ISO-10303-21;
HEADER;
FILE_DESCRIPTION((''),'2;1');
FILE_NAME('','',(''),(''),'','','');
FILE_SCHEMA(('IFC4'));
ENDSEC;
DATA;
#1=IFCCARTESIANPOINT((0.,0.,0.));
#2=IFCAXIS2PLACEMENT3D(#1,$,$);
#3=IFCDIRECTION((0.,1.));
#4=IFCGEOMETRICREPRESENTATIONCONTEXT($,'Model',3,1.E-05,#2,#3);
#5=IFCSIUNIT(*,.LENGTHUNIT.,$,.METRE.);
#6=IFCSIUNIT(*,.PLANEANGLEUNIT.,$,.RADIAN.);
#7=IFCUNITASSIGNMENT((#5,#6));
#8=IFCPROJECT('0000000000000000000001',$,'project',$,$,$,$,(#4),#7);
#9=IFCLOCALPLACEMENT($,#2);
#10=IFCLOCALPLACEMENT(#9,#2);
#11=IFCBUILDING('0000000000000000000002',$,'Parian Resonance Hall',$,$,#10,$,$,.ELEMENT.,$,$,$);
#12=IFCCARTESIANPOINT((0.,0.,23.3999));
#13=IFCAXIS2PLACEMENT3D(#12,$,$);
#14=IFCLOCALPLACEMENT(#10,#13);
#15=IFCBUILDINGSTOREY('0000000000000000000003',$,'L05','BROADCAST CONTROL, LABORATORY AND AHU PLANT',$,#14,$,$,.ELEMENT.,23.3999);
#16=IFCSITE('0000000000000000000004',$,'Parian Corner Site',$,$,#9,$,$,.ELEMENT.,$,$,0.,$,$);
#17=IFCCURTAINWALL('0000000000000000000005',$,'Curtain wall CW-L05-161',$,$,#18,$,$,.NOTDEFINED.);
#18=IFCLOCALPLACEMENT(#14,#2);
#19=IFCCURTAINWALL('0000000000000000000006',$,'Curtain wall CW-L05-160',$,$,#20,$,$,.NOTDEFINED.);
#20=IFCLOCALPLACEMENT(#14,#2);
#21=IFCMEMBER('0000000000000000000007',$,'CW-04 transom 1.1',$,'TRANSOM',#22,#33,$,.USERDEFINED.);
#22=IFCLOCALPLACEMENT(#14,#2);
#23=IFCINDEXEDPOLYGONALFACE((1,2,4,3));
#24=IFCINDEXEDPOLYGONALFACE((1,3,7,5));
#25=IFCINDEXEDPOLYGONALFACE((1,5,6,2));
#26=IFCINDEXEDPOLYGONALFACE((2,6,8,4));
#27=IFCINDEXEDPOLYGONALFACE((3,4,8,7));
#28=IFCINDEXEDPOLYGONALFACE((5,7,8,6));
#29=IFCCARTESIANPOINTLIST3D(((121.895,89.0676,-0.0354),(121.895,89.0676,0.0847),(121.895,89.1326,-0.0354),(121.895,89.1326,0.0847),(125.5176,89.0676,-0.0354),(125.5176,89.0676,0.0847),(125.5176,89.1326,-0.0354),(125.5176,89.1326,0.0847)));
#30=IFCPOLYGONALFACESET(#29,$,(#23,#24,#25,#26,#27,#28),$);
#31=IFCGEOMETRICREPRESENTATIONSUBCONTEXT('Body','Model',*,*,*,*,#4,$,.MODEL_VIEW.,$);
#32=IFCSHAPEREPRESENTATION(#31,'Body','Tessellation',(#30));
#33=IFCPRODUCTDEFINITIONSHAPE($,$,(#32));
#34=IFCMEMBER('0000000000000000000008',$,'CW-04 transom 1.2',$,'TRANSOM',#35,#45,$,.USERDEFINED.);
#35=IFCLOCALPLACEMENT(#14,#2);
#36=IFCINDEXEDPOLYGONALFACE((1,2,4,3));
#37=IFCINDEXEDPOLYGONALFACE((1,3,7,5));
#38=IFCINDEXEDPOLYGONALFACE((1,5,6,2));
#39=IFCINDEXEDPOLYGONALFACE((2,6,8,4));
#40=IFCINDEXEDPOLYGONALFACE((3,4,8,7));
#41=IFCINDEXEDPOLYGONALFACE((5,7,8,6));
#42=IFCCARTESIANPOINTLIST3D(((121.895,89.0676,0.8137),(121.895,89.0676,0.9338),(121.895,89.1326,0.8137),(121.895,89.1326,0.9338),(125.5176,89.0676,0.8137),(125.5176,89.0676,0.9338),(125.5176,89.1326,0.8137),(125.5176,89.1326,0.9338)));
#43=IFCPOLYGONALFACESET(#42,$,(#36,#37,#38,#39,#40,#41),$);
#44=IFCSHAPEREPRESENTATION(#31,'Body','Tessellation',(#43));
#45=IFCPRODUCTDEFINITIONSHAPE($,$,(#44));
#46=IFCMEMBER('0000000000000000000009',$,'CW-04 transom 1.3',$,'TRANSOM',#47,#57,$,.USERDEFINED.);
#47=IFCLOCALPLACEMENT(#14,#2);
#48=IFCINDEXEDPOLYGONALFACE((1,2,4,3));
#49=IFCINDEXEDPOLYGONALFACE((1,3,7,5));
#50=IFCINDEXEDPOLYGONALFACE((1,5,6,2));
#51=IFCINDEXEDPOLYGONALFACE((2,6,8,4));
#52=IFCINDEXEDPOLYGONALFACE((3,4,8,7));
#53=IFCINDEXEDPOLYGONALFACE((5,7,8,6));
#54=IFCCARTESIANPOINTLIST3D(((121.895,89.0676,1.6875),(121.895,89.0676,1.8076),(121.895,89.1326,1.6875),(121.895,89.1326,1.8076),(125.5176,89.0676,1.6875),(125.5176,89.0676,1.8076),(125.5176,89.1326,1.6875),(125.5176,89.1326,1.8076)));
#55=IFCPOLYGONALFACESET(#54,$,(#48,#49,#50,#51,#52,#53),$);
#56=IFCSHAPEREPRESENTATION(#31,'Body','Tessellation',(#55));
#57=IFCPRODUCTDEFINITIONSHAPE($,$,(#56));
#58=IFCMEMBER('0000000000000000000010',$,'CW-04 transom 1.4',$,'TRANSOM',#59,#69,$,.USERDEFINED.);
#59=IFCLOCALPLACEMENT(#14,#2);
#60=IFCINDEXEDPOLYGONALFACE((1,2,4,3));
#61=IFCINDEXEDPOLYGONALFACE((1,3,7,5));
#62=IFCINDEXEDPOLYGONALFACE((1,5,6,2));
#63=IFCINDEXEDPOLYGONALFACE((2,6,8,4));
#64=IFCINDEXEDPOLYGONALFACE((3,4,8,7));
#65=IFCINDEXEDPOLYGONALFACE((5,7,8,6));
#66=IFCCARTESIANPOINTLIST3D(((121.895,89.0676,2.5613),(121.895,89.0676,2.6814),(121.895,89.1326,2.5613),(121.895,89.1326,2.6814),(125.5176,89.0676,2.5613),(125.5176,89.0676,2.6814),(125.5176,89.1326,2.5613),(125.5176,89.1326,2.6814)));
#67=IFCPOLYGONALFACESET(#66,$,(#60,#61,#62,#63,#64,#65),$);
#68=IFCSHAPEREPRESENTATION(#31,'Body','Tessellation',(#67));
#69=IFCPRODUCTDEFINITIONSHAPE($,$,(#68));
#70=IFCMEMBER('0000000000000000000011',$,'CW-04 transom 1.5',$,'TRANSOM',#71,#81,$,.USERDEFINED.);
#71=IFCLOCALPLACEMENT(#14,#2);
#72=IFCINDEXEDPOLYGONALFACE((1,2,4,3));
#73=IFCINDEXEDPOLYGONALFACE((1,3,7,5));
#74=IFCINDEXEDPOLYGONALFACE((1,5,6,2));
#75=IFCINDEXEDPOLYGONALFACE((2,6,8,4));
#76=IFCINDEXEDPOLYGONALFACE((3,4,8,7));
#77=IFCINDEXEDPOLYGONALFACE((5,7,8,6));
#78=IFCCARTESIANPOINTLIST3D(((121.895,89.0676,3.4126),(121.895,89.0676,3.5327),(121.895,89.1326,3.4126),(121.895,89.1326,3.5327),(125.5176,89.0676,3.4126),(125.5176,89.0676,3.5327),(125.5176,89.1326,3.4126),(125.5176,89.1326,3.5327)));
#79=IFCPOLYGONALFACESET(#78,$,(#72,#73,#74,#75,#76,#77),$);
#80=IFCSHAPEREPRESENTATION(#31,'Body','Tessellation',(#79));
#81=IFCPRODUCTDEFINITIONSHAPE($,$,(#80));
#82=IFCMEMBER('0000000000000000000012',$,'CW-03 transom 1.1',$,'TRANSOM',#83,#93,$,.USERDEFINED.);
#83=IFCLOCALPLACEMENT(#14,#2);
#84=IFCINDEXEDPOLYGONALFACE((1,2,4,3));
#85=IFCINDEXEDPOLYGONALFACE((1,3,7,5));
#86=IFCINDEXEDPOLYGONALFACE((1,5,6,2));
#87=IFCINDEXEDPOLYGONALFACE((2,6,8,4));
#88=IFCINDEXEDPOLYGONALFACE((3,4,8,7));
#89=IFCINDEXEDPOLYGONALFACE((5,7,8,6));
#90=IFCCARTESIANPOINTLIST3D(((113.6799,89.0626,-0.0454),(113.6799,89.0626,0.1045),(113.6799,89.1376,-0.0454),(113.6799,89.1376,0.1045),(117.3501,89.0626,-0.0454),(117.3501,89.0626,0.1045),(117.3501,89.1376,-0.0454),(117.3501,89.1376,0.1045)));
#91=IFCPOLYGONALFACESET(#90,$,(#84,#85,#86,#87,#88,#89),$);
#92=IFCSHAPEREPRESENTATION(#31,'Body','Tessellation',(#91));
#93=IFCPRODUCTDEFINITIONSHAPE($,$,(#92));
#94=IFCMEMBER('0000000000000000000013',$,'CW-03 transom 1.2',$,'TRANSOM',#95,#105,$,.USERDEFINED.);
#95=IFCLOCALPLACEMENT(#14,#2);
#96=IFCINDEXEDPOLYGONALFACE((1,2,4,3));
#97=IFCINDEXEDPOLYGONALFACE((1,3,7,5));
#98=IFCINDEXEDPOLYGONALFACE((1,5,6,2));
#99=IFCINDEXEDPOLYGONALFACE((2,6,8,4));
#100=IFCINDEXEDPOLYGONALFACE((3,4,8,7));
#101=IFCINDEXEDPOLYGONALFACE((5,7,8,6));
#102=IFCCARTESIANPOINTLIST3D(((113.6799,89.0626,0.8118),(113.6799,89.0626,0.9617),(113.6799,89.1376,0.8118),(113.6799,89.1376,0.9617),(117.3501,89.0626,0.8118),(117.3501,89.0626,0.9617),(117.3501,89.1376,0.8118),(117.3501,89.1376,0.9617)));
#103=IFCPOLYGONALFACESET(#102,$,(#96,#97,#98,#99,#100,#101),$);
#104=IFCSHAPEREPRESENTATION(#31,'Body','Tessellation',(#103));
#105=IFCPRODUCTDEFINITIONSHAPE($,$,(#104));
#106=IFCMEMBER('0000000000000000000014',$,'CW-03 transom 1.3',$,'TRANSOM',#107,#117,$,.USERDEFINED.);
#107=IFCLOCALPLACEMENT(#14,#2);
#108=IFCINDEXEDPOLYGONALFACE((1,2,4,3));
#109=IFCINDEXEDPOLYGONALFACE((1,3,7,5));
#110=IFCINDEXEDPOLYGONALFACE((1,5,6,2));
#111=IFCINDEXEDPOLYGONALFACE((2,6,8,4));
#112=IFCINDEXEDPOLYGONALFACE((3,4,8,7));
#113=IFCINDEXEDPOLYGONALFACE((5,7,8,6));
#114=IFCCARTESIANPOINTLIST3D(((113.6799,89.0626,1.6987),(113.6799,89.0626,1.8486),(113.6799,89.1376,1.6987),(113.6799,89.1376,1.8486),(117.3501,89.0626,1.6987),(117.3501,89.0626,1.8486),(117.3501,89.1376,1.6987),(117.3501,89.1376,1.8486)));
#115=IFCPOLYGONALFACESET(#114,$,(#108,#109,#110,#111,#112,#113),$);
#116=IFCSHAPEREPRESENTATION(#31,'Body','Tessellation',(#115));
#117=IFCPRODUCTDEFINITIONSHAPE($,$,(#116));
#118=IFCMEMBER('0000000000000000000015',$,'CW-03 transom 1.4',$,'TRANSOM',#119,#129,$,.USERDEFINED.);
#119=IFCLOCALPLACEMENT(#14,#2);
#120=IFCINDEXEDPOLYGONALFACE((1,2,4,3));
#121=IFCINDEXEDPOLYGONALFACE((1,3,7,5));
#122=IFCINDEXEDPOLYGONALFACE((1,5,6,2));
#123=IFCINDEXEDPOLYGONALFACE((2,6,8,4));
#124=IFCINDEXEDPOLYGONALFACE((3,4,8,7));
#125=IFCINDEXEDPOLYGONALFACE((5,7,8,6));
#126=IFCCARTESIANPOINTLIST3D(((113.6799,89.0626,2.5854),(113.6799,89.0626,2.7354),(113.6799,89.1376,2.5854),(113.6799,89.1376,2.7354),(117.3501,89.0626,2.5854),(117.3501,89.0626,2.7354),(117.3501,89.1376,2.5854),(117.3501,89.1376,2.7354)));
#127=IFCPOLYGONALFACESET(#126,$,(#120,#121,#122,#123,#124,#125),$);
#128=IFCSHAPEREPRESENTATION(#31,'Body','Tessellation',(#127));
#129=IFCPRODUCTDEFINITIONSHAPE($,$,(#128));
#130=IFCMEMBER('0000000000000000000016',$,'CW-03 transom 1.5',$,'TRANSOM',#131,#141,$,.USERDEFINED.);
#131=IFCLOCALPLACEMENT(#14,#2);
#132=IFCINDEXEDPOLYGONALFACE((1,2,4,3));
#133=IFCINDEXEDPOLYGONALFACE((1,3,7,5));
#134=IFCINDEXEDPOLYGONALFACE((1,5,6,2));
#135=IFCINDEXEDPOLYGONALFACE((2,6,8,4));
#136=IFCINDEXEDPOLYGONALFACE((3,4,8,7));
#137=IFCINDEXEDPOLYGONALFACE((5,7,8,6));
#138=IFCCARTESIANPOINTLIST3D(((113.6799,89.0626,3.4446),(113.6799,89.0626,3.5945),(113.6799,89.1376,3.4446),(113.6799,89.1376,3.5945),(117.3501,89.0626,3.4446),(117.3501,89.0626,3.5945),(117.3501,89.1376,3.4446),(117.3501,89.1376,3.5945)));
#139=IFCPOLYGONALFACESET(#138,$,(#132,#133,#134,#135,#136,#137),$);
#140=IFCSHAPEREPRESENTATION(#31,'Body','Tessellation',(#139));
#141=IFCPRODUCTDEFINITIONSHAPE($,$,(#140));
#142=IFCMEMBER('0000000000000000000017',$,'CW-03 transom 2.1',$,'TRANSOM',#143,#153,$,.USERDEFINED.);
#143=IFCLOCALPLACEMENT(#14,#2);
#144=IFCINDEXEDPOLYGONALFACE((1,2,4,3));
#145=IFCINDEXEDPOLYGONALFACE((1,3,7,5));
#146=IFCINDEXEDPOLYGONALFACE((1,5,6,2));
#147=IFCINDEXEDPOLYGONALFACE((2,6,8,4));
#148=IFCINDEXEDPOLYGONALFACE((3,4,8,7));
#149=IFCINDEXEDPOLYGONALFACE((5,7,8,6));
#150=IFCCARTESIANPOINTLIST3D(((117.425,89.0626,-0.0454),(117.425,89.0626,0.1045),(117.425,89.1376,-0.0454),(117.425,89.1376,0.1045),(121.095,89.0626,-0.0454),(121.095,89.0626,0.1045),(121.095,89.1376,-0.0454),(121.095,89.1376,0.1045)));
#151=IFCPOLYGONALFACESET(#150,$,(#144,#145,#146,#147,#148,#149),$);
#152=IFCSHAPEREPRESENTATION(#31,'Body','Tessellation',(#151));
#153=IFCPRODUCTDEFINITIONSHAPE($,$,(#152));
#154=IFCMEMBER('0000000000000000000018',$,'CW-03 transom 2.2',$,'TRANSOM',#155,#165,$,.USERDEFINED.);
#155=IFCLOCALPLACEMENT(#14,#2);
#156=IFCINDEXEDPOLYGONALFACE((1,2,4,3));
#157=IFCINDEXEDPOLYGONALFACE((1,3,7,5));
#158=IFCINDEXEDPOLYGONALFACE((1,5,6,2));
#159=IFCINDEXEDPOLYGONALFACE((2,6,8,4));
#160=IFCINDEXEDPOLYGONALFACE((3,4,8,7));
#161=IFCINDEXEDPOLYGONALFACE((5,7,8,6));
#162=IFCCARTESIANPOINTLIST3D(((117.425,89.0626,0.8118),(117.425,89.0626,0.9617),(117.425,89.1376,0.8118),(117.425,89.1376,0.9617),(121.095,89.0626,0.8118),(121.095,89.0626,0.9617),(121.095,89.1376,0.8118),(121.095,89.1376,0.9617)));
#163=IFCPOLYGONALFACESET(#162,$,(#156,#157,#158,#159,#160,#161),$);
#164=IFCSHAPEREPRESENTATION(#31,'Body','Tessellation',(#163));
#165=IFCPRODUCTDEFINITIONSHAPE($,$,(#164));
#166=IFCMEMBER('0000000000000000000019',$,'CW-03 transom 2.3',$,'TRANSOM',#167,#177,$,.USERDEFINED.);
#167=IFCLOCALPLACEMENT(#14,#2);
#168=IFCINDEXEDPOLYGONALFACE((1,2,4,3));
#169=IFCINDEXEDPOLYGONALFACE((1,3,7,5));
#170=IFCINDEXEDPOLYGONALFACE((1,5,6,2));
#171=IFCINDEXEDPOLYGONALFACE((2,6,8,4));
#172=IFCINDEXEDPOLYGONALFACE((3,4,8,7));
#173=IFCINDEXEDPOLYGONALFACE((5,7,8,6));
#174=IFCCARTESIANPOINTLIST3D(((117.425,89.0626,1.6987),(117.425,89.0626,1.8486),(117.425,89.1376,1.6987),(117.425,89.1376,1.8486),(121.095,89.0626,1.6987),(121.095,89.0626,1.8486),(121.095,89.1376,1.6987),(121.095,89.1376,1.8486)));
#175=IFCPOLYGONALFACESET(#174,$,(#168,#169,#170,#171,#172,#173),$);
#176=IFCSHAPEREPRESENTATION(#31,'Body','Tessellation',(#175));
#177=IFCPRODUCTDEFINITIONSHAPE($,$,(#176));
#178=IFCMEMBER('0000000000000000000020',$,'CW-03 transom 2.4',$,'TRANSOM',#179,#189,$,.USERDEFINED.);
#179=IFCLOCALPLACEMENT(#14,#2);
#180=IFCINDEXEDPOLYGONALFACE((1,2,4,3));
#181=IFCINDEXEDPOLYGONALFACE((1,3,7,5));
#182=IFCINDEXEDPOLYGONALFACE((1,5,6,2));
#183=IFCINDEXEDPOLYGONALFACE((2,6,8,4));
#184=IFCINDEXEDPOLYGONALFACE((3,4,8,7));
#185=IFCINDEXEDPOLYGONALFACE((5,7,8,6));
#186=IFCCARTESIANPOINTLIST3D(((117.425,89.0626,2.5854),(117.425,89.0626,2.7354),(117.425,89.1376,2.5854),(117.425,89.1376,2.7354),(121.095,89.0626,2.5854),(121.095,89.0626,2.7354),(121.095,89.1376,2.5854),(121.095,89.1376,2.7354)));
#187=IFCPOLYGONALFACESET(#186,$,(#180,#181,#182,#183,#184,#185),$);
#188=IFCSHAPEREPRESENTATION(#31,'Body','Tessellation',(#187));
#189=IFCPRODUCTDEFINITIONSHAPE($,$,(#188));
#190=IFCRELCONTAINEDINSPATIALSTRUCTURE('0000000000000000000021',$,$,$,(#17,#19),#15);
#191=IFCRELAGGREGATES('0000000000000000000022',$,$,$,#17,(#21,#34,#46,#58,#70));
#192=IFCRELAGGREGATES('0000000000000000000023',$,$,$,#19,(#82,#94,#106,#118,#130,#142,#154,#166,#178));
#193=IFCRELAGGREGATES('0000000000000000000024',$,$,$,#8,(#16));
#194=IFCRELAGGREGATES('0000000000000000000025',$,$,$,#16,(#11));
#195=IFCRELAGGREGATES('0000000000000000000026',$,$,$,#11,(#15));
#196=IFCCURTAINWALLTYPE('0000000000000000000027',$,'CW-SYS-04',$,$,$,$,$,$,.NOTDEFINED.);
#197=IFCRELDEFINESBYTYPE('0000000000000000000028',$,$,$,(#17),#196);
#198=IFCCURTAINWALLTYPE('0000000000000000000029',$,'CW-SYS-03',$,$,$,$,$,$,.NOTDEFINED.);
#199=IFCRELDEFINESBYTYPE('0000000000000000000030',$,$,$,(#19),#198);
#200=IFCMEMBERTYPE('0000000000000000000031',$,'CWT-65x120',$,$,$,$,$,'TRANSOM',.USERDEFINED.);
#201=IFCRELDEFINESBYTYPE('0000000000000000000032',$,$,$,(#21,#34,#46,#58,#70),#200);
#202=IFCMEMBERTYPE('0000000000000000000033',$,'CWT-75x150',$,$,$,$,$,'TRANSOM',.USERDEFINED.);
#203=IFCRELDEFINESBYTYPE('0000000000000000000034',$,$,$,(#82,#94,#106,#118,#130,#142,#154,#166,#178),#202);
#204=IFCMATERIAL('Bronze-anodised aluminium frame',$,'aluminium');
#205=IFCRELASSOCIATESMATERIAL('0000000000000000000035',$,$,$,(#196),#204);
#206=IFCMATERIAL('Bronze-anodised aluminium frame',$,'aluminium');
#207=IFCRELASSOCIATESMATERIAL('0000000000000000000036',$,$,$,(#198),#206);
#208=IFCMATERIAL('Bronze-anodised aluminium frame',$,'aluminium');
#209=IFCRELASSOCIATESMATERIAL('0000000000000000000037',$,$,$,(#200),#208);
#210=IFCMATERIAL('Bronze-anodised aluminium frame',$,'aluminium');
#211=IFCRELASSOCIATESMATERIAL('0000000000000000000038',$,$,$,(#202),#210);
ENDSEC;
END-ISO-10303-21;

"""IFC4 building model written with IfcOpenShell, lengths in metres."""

from ifc_helpers import new_model, si_unit, direction, frame, origin, origin_2d, place, context, subcontext, project, spatial, rectangle, extrude, material, material_profile, profile_set, type_object, element, aggregate, save


model = new_model("IFC4")

# Units and contexts
model_context = context("Model", 3, precision=1e-05, world=origin(), true_north=direction((0.0, 1.0)))
body_context = subcontext(model_context, "Body", "Model", "MODEL_VIEW")
ifc_project = project(units=[si_unit("LENGTHUNIT", "METRE"), si_unit("PLANEANGLEUNIT", "RADIAN")], contexts=[model_context])

# Site, building, storey
site_placement = place(None, origin())
site = spatial("IfcSite", under=ifc_project, at=site_placement, Name="Parian Corner Site", CompositionType="ELEMENT", RefElevation=0.0)
building_placement = place(site_placement, origin())
building = spatial("IfcBuilding", under=site, at=building_placement, Name="Parian Resonance Hall", CompositionType="ELEMENT")
storey_placement = place(building_placement, frame((0.0, 0.0, 23.3999)))
storey = spatial("IfcBuildingStorey", under=building, at=storey_placement, Name="L05", Description="BROADCAST CONTROL, LABORATORY AND AHU PLANT", CompositionType="ELEMENT", Elevation=23.3999)

# Curtain wall
ifc_material_1 = material(Name="Bronze-anodised aluminium frame", Category="aluminium")
curtain_wall_type_1 = type_object("IfcCurtainWallType", Name="CW-SYS-04", PredefinedType="NOTDEFINED", material=ifc_material_1)
curtain_wall_1_placement = place(storey_placement, origin())
curtain_wall_1 = element("IfcCurtainWall", 1, at=curtain_wall_1_placement, inside=storey, type_object=curtain_wall_type_1, Name="Curtain wall CW-L05-161", PredefinedType="NOTDEFINED")

# Curtain wall
ifc_material_2 = material(Name="Bronze-anodised aluminium frame", Category="aluminium")
curtain_wall_type_2 = type_object("IfcCurtainWallType", Name="CW-SYS-03", PredefinedType="NOTDEFINED", material=ifc_material_2)
curtain_wall_2_placement = place(storey_placement, origin())
curtain_wall_2 = element("IfcCurtainWall", 2, at=curtain_wall_2_placement, inside=storey, type_object=curtain_wall_type_2, Name="Curtain wall CW-L05-160", PredefinedType="NOTDEFINED")

# Members
ifc_material_3 = material(Name="Bronze-anodised aluminium frame", Category="aluminium")
ifc_material_profile_1 = material_profile(ifc_material_3, rectangle(XDim=0.0649, YDim=0.1201, at=origin_2d()), Name="CWT-65x120")
ifc_profile_set_1 = profile_set([ifc_material_profile_1], Name="Bronze-anodised aluminium frame")
member_type_1 = type_object("IfcMemberType", Name="CWT-65x120", ElementType="TRANSOM", PredefinedType="USERDEFINED", material=ifc_profile_set_1)
member_1_placement = place(storey_placement, frame((121.895, 89.1001, 0.0247), z_axis=(1.0, 0.0, 0.0), x_axis=(0.0, 1.0, 0.0)))
member_1 = element("IfcMember", 3, at=member_1_placement, type_object=member_type_1, Name="CW-04 transom 1.1", ObjectType="TRANSOM", PredefinedType="USERDEFINED", context=body_context, shape_type="SweptSolid", body=[
    extrude(rectangle(XDim=0.0649, YDim=0.1201, at=origin_2d()), origin(), (0.0, 0.0, 1.0), 3.6226),
])
member_2_placement = place(storey_placement, frame((121.895, 89.1001, 0.8738), z_axis=(1.0, 0.0, 0.0), x_axis=(0.0, 1.0, 0.0)))
member_2 = element("IfcMember", 4, at=member_2_placement, type_object=member_type_1, Name="CW-04 transom 1.2", ObjectType="TRANSOM", PredefinedType="USERDEFINED", context=body_context, shape_type="SweptSolid", body=[
    extrude(rectangle(XDim=0.0649, YDim=0.1201, at=origin_2d()), origin(), (0.0, 0.0, 1.0), 3.6226),
])
member_3_placement = place(storey_placement, frame((121.895, 89.1001, 1.7476), z_axis=(1.0, 0.0, 0.0), x_axis=(0.0, 1.0, 0.0)))
member_3 = element("IfcMember", 5, at=member_3_placement, type_object=member_type_1, Name="CW-04 transom 1.3", ObjectType="TRANSOM", PredefinedType="USERDEFINED", context=body_context, shape_type="SweptSolid", body=[
    extrude(rectangle(XDim=0.0649, YDim=0.1201, at=origin_2d()), origin(), (0.0, 0.0, 1.0), 3.6226),
])
member_4_placement = place(storey_placement, frame((121.895, 89.1001, 2.6213), z_axis=(1.0, 0.0, 0.0), x_axis=(0.0, 1.0, 0.0)))
member_4 = element("IfcMember", 6, at=member_4_placement, type_object=member_type_1, Name="CW-04 transom 1.4", ObjectType="TRANSOM", PredefinedType="USERDEFINED", context=body_context, shape_type="SweptSolid", body=[
    extrude(rectangle(XDim=0.0649, YDim=0.1201, at=origin_2d()), origin(), (0.0, 0.0, 1.0), 3.6226),
])
member_5_placement = place(storey_placement, frame((121.895, 89.1001, 3.4727), z_axis=(1.0, 0.0, 0.0), x_axis=(0.0, 1.0, 0.0)))
member_5 = element("IfcMember", 7, at=member_5_placement, type_object=member_type_1, Name="CW-04 transom 1.5", ObjectType="TRANSOM", PredefinedType="USERDEFINED", context=body_context, shape_type="SweptSolid", body=[
    extrude(rectangle(XDim=0.0649, YDim=0.1201, at=origin_2d()), origin(), (0.0, 0.0, 1.0), 3.6226),
])
aggregate(curtain_wall_1, [member_1, member_2, member_3, member_4, member_5])
ifc_material_4 = material(Name="Bronze-anodised aluminium frame", Category="aluminium")
ifc_material_profile_2 = material_profile(ifc_material_4, rectangle(XDim=0.075, YDim=0.1499, at=origin_2d()), Name="CWT-75x150")
ifc_profile_set_2 = profile_set([ifc_material_profile_2], Name="Bronze-anodised aluminium frame")
member_type_2 = type_object("IfcMemberType", Name="CWT-75x150", ElementType="TRANSOM", PredefinedType="USERDEFINED", material=ifc_profile_set_2)
member_6_placement = place(storey_placement, frame((113.6799, 89.1001, 0.0295), z_axis=(1.0, 0.0, 0.0), x_axis=(0.0, 1.0, 0.0)))
member_6 = element("IfcMember", 8, at=member_6_placement, type_object=member_type_2, Name="CW-03 transom 1.1", ObjectType="TRANSOM", PredefinedType="USERDEFINED", context=body_context, shape_type="SweptSolid", body=[
    extrude(rectangle(XDim=0.075, YDim=0.1499, at=origin_2d()), origin(), (0.0, 0.0, 1.0), 3.6702),
])
member_7_placement = place(storey_placement, frame((113.6799, 89.1001, 0.8867), z_axis=(1.0, 0.0, 0.0), x_axis=(0.0, 1.0, 0.0)))
member_7 = element("IfcMember", 9, at=member_7_placement, type_object=member_type_2, Name="CW-03 transom 1.2", ObjectType="TRANSOM", PredefinedType="USERDEFINED", context=body_context, shape_type="SweptSolid", body=[
    extrude(rectangle(XDim=0.075, YDim=0.1499, at=origin_2d()), origin(), (0.0, 0.0, 1.0), 3.6702),
])
member_8_placement = place(storey_placement, frame((113.6799, 89.1001, 1.7737), z_axis=(1.0, 0.0, 0.0), x_axis=(0.0, 1.0, 0.0)))
member_8 = element("IfcMember", 10, at=member_8_placement, type_object=member_type_2, Name="CW-03 transom 1.3", ObjectType="TRANSOM", PredefinedType="USERDEFINED", context=body_context, shape_type="SweptSolid", body=[
    extrude(rectangle(XDim=0.075, YDim=0.1499, at=origin_2d()), origin(), (0.0, 0.0, 1.0), 3.6702),
])
member_9_placement = place(storey_placement, frame((113.6799, 89.1001, 2.6604), z_axis=(1.0, 0.0, 0.0), x_axis=(0.0, 1.0, 0.0)))
member_9 = element("IfcMember", 11, at=member_9_placement, type_object=member_type_2, Name="CW-03 transom 1.4", ObjectType="TRANSOM", PredefinedType="USERDEFINED", context=body_context, shape_type="SweptSolid", body=[
    extrude(rectangle(XDim=0.075, YDim=0.1499, at=origin_2d()), origin(), (0.0, 0.0, 1.0), 3.6702),
])
member_10_placement = place(storey_placement, frame((113.6799, 89.1001, 3.5195), z_axis=(1.0, 0.0, 0.0), x_axis=(0.0, 1.0, 0.0)))
member_10 = element("IfcMember", 12, at=member_10_placement, type_object=member_type_2, Name="CW-03 transom 1.5", ObjectType="TRANSOM", PredefinedType="USERDEFINED", context=body_context, shape_type="SweptSolid", body=[
    extrude(rectangle(XDim=0.075, YDim=0.1499, at=origin_2d()), origin(), (0.0, 0.0, 1.0), 3.6702),
])
member_11_placement = place(storey_placement, frame((117.425, 89.1001, 0.0295), z_axis=(1.0, 0.0, 0.0), x_axis=(0.0, 1.0, 0.0)))
member_11 = element("IfcMember", 13, at=member_11_placement, type_object=member_type_2, Name="CW-03 transom 2.1", ObjectType="TRANSOM", PredefinedType="USERDEFINED", context=body_context, shape_type="SweptSolid", body=[
    extrude(rectangle(XDim=0.075, YDim=0.1499, at=origin_2d()), origin(), (0.0, 0.0, 1.0), 3.6699),
])
member_12_placement = place(storey_placement, frame((117.425, 89.1001, 0.8867), z_axis=(1.0, 0.0, 0.0), x_axis=(0.0, 1.0, 0.0)))
member_12 = element("IfcMember", 14, at=member_12_placement, type_object=member_type_2, Name="CW-03 transom 2.2", ObjectType="TRANSOM", PredefinedType="USERDEFINED", context=body_context, shape_type="SweptSolid", body=[
    extrude(rectangle(XDim=0.075, YDim=0.1499, at=origin_2d()), origin(), (0.0, 0.0, 1.0), 3.6699),
])
member_13_placement = place(storey_placement, frame((117.425, 89.1001, 1.7737), z_axis=(1.0, 0.0, 0.0), x_axis=(0.0, 1.0, 0.0)))
member_13 = element("IfcMember", 15, at=member_13_placement, type_object=member_type_2, Name="CW-03 transom 2.3", ObjectType="TRANSOM", PredefinedType="USERDEFINED", context=body_context, shape_type="SweptSolid", body=[
    extrude(rectangle(XDim=0.075, YDim=0.1499, at=origin_2d()), origin(), (0.0, 0.0, 1.0), 3.6699),
])
member_14_placement = place(storey_placement, frame((117.425, 89.1001, 2.6604), z_axis=(1.0, 0.0, 0.0), x_axis=(0.0, 1.0, 0.0)))
member_14 = element("IfcMember", 16, at=member_14_placement, type_object=member_type_2, Name="CW-03 transom 2.4", ObjectType="TRANSOM", PredefinedType="USERDEFINED", context=body_context, shape_type="SweptSolid", body=[
    extrude(rectangle(XDim=0.075, YDim=0.1499, at=origin_2d()), origin(), (0.0, 0.0, 1.0), 3.6699),
])

aggregate(curtain_wall_2, [member_6, member_7, member_8, member_9, member_10, member_11, member_12, member_13, member_14])

save(model, "model.ifc")
